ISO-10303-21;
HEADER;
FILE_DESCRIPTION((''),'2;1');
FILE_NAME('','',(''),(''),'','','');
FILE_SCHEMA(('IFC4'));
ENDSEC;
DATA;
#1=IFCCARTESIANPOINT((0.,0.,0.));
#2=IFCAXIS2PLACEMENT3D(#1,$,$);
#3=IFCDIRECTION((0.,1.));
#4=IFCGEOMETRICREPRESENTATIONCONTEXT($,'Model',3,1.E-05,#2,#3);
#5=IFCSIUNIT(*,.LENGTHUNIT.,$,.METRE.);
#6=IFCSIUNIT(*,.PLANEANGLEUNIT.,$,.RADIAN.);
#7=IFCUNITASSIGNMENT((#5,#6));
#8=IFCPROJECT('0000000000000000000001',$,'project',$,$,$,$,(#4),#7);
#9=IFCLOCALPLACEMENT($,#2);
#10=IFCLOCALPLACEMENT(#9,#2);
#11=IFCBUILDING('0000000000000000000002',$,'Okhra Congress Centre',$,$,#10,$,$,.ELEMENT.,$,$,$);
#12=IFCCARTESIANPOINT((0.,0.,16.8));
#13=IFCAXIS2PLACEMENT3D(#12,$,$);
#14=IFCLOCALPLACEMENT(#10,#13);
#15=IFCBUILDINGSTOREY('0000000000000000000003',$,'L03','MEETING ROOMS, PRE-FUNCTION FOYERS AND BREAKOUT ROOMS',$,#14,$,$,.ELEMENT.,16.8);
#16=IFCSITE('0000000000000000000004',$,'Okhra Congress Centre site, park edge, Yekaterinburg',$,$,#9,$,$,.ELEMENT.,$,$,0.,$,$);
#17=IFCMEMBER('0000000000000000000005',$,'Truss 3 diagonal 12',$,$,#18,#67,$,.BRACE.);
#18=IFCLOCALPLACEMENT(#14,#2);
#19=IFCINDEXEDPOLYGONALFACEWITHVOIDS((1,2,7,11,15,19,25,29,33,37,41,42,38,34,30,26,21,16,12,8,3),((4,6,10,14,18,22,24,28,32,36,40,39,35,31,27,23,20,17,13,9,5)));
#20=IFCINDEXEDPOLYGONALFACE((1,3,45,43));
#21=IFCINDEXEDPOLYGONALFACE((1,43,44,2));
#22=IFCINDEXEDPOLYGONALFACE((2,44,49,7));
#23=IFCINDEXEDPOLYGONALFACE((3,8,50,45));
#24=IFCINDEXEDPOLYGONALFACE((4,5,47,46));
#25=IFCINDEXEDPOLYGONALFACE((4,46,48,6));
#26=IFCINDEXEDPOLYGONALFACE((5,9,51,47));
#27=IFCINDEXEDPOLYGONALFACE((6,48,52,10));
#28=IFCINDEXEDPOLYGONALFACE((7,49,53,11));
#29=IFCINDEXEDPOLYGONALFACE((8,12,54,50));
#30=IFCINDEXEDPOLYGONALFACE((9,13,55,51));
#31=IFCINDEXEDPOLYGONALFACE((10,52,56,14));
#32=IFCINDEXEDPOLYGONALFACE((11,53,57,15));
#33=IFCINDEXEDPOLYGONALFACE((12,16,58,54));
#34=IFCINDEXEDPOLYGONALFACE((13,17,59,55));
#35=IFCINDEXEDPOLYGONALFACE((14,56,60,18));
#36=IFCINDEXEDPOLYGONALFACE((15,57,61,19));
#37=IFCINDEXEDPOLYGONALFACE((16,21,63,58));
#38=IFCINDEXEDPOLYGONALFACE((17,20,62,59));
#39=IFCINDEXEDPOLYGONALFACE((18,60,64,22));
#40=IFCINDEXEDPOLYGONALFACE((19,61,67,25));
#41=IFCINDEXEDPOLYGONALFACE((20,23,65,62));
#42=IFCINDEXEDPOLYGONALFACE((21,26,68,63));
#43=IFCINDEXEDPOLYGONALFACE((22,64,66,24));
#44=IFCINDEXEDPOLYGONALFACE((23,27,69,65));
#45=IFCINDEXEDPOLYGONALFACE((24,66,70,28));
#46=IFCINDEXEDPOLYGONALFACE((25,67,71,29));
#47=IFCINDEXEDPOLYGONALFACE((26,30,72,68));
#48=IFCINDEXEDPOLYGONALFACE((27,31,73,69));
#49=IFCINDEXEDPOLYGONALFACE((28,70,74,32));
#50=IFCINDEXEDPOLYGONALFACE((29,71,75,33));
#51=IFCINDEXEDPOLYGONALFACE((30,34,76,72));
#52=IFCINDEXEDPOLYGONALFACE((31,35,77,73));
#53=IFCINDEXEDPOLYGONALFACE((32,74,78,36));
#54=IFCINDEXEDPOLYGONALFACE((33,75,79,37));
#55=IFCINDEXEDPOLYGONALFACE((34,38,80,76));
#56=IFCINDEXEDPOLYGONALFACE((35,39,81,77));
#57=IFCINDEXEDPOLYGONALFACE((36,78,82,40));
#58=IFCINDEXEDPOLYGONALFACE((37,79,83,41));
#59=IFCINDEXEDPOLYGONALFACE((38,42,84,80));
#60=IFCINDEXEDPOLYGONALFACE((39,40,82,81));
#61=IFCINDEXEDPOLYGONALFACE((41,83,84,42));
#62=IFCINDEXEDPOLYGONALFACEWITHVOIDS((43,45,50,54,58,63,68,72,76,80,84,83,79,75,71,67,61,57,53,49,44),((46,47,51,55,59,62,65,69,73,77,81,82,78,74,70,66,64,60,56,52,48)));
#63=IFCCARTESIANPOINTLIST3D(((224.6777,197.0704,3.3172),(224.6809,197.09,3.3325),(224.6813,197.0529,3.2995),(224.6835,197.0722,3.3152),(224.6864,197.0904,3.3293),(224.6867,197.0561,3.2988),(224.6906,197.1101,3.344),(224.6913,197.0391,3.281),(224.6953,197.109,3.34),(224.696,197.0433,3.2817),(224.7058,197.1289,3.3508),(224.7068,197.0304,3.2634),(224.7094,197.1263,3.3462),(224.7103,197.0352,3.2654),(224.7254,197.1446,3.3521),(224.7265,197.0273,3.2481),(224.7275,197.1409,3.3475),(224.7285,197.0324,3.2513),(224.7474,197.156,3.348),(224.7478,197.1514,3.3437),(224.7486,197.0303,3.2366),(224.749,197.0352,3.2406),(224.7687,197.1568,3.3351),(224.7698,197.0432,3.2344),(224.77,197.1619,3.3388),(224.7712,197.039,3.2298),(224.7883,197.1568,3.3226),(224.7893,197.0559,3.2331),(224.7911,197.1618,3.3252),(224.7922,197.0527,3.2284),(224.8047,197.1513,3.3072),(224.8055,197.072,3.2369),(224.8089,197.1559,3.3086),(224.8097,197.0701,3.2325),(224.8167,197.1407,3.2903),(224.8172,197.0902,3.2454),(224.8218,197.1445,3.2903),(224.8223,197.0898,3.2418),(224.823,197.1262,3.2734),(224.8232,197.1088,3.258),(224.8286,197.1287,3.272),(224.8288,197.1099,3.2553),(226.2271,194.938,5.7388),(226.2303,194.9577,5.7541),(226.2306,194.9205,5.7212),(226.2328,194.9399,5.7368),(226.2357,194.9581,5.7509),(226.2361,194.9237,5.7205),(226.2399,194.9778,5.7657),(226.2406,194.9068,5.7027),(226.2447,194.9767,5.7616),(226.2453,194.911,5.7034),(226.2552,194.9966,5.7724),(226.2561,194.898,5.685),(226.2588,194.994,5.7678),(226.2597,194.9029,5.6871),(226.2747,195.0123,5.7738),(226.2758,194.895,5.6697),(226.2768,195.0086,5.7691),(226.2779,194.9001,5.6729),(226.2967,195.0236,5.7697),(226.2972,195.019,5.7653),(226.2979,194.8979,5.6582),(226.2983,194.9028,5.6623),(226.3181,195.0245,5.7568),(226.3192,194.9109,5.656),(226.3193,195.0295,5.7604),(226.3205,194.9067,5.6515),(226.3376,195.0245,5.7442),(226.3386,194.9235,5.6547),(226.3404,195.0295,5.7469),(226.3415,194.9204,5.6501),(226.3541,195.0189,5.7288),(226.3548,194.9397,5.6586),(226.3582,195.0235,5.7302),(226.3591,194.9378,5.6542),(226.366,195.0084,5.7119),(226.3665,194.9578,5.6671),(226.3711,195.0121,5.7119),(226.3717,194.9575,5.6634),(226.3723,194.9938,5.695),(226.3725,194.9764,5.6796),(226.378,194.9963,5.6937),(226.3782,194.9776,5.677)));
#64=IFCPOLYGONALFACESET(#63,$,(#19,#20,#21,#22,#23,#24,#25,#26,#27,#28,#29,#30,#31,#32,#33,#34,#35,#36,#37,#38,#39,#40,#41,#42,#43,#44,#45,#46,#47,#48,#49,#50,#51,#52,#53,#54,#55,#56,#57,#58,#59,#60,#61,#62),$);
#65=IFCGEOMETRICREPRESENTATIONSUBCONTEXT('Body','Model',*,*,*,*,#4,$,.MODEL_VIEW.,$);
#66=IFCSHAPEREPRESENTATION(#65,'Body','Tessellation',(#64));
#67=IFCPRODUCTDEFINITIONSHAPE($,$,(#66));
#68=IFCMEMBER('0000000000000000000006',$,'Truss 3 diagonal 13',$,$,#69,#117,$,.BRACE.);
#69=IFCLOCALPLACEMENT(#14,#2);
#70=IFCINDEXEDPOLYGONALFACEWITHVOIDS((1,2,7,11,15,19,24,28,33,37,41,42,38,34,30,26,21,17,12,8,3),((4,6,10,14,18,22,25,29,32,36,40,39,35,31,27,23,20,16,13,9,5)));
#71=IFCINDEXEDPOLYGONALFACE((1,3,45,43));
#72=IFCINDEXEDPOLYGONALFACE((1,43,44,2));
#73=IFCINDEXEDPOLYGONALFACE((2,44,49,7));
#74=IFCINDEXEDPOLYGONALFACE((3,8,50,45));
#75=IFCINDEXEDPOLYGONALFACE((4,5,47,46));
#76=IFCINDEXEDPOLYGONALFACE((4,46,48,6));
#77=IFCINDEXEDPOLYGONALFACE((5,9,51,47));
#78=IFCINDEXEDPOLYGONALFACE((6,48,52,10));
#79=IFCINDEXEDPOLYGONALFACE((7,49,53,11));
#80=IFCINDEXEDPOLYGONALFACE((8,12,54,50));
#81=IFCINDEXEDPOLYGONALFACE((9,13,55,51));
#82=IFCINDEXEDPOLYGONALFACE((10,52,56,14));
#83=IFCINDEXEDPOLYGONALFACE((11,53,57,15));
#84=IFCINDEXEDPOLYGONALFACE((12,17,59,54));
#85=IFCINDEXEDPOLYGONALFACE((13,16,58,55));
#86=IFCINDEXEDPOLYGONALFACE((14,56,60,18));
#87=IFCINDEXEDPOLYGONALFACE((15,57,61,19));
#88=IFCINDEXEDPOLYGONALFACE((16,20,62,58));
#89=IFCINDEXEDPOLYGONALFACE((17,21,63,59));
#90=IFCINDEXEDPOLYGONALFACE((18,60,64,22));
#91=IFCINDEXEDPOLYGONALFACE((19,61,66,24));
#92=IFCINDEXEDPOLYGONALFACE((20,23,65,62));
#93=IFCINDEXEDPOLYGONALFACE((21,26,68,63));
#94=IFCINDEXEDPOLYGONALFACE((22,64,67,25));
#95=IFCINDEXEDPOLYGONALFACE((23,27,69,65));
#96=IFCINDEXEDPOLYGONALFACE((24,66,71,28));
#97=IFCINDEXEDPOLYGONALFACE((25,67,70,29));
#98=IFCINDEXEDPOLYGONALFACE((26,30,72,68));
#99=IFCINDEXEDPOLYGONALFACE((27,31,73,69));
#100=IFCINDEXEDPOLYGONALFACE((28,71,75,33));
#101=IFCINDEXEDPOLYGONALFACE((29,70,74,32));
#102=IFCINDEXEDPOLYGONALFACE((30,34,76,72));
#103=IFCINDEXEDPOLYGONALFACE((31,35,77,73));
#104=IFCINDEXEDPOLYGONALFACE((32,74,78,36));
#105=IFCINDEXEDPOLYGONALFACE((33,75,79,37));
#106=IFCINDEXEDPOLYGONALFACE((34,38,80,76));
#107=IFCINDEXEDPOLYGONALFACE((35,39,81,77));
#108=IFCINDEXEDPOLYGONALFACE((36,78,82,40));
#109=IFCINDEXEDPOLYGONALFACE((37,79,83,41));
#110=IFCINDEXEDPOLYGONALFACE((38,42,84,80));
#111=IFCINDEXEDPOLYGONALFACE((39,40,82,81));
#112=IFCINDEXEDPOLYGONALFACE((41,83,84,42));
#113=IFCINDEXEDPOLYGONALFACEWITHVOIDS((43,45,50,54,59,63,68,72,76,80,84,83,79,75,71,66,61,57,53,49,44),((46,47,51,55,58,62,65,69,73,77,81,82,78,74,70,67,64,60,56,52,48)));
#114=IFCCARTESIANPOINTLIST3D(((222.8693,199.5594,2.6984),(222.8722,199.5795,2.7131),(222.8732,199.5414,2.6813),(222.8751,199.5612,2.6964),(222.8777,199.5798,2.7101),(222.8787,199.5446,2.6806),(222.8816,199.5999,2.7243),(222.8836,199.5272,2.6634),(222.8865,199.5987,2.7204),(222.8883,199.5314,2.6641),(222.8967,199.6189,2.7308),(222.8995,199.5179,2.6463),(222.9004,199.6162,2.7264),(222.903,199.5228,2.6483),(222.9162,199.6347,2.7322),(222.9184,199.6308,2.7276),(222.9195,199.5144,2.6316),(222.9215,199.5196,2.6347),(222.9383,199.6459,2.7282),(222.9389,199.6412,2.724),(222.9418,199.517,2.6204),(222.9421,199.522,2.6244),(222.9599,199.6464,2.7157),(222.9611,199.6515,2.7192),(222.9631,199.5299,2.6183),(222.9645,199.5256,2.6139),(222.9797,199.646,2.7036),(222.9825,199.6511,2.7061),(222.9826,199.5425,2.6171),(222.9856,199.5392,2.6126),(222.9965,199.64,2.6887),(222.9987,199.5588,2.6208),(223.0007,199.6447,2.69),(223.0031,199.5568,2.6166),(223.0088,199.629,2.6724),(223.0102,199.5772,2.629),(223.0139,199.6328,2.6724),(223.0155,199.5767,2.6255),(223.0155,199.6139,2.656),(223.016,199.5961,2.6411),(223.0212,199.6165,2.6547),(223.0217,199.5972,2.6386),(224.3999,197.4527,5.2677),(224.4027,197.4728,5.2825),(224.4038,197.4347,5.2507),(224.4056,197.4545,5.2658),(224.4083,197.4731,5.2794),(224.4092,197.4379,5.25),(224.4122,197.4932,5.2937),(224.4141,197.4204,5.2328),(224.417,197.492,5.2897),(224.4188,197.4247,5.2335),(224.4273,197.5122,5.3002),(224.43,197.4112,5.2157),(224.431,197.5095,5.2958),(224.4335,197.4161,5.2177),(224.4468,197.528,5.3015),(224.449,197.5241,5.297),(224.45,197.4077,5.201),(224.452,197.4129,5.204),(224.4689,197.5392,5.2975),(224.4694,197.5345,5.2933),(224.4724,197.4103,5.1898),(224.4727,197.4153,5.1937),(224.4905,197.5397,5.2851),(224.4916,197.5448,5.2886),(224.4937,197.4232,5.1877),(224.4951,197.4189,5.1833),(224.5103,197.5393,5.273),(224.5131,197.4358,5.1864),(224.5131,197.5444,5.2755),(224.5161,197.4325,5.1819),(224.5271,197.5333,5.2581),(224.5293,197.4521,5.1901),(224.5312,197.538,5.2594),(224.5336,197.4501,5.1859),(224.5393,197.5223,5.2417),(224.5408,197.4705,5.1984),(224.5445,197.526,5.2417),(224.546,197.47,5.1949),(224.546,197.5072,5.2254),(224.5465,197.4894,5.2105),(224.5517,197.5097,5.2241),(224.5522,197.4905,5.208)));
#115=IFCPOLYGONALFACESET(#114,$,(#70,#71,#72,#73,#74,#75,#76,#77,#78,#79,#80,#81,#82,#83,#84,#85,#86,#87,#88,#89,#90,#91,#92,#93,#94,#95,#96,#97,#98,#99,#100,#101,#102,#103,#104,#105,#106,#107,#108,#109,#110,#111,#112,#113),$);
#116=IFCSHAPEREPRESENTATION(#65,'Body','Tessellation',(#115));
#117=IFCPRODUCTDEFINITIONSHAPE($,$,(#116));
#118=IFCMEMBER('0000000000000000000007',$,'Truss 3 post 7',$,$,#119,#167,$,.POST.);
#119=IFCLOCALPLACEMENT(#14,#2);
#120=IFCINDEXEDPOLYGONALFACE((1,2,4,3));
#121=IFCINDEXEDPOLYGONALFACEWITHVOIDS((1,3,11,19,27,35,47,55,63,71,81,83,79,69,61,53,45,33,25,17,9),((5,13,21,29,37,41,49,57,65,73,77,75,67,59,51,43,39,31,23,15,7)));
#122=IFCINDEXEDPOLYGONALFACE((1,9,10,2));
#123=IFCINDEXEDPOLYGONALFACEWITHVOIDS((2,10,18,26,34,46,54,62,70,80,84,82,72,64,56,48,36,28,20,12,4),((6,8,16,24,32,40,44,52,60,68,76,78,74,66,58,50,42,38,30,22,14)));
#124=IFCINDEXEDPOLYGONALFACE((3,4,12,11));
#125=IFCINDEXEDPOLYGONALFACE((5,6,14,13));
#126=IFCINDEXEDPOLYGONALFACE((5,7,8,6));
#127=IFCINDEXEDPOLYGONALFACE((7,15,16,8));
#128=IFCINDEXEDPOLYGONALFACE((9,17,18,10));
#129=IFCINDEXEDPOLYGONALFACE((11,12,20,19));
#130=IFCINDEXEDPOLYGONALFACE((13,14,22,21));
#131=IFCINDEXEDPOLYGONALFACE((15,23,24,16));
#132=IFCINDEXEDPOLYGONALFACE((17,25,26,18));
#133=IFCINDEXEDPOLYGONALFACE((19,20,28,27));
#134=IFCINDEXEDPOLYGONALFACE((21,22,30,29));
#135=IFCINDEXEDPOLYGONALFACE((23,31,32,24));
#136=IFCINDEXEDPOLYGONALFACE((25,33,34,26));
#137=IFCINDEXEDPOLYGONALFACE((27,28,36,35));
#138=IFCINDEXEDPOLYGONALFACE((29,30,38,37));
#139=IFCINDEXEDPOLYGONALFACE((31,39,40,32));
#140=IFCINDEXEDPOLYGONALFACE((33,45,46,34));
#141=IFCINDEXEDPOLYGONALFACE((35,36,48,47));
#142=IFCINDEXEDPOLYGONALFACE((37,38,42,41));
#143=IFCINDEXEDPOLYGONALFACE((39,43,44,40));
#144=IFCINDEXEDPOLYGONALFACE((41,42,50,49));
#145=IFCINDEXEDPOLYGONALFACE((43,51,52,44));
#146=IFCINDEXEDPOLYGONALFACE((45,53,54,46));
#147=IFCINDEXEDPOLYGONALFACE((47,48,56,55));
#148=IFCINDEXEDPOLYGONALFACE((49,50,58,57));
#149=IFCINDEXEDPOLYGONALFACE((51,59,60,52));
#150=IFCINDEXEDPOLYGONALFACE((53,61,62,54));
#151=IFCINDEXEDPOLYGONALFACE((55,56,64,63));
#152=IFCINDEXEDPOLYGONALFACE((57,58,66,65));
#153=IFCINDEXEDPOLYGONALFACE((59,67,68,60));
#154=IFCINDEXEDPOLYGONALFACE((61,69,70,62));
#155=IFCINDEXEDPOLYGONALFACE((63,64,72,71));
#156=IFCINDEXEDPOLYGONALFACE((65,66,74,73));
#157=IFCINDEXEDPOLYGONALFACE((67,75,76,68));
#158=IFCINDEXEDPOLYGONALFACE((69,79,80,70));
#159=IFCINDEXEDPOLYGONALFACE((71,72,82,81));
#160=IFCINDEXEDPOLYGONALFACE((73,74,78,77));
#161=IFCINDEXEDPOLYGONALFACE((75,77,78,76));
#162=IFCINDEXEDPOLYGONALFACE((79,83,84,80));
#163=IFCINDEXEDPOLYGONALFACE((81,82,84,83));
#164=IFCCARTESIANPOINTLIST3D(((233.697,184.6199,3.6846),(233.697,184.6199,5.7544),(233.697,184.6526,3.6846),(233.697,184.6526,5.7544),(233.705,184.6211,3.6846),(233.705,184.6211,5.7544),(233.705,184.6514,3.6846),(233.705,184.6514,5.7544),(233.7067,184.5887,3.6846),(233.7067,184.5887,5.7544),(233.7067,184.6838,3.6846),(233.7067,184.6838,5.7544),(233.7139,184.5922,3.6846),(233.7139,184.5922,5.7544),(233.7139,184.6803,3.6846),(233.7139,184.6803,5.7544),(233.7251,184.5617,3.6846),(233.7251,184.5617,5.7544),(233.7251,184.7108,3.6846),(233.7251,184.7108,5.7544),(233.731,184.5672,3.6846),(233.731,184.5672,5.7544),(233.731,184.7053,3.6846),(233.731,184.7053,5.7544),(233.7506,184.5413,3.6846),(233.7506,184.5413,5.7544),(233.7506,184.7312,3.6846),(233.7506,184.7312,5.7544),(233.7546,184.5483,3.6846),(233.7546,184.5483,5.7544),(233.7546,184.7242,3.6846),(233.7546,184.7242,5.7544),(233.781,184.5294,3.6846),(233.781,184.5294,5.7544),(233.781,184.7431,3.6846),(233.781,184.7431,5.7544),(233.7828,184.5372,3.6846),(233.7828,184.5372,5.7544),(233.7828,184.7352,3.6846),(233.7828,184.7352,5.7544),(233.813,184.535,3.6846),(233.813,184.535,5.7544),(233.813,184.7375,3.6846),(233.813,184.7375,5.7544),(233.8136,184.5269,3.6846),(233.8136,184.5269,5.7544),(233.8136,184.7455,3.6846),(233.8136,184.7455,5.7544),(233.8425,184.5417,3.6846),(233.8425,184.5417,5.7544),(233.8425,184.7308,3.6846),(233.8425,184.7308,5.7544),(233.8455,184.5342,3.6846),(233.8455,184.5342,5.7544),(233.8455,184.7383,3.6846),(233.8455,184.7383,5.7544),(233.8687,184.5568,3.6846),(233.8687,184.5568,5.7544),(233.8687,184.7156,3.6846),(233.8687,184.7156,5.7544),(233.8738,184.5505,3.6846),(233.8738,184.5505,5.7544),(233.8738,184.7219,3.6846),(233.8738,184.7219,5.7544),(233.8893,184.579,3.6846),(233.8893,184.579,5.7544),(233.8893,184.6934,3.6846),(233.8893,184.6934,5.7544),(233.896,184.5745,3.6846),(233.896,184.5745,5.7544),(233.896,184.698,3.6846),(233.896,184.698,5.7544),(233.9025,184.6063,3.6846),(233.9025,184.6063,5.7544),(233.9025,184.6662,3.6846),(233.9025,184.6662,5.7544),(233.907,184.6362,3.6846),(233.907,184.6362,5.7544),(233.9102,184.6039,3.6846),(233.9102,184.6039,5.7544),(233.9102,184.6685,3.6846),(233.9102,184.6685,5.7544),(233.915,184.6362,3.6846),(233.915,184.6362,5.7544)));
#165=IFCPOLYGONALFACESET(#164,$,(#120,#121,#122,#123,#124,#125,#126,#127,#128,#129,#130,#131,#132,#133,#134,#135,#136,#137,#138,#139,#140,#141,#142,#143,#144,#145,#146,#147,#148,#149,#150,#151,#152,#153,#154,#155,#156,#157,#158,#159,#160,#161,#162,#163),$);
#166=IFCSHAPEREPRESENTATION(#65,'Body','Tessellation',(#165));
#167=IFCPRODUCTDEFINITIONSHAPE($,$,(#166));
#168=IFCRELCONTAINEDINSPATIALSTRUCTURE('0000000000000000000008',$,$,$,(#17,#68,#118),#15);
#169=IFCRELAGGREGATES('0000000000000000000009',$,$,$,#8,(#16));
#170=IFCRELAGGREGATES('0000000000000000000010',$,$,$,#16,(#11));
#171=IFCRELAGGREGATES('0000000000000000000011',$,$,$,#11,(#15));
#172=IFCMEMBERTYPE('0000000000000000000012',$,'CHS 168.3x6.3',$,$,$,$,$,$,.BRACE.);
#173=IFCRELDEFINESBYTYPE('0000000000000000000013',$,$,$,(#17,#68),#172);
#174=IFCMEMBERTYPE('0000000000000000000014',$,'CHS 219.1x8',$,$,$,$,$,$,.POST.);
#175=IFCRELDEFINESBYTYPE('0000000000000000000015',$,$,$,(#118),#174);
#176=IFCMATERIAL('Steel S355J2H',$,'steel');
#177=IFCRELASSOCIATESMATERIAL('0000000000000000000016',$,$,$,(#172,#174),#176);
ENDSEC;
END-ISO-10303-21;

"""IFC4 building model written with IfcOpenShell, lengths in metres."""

from ifc_helpers import new_model, si_unit, direction, frame, origin, origin_2d, place, context, subcontext, project, spatial, hollow_circle, extrude, material, material_profile, profile_set, type_object, element, save


model = new_model("IFC4")

# Units and contexts
model_context = context("Model", 3, precision=1e-05, world=origin(), true_north=direction((0.0, 1.0)))
body_context = subcontext(model_context, "Body", "Model", "MODEL_VIEW")
ifc_project = project(units=[si_unit("LENGTHUNIT", "METRE"), si_unit("PLANEANGLEUNIT", "RADIAN")], contexts=[model_context])

# Site, building, storey
site_placement = place(None, origin())
site = spatial("IfcSite", under=ifc_project, at=site_placement, Name="Okhra Congress Centre site, park edge, Yekaterinburg", CompositionType="ELEMENT", RefElevation=0.0)
building_placement = place(site_placement, origin())
building = spatial("IfcBuilding", under=site, at=building_placement, Name="Okhra Congress Centre", CompositionType="ELEMENT")
storey_placement = place(building_placement, frame((0.0, 0.0, 16.8)))
storey = spatial("IfcBuildingStorey", under=building, at=storey_placement, Name="L03", Description="MEETING ROOMS, PRE-FUNCTION FOYERS AND BREAKOUT ROOMS", CompositionType="ELEMENT", Elevation=16.8)

# Members
ifc_material_1 = material(Name="Steel S355J2H", Category="steel")
ifc_material_profile_1 = material_profile(ifc_material_1, hollow_circle(Radius=0.0842, WallThickness=0.0063, at=origin_2d()), Name="CHS 168.3x6.3")
ifc_profile_set_1 = profile_set([ifc_material_profile_1], Name="Steel S355J2H")
member_type_1 = type_object("IfcMemberType", Name="CHS 168.3x6.3", PredefinedType="BRACE", material=ifc_profile_set_1)
member_1_placement = place(storey_placement, frame((224.7537, 197.095, 3.2903), z_axis=(0.432853, -0.595736, 0.676563), x_axis=(0.809, 0.587808, 0.0)))
element("IfcMember", 1, at=member_1_placement, inside=storey, type_object=member_type_1, Name="Truss 3 diagonal 12", PredefinedType="BRACE", context=body_context, shape_type="SweptSolid", body=[
    extrude(hollow_circle(Radius=0.0842, WallThickness=0.0063, at=origin_2d()), origin(), (0.0, 0.0, 1.0), 3.5793),
])
member_2_placement = place(storey_placement, frame((222.9458, 199.5833, 2.6724), z_axis=(0.418385, -0.575888, 0.702358), x_axis=(0.809032, 0.587765, 0.0)))
element("IfcMember", 2, at=member_2_placement, inside=storey, type_object=member_type_1, Name="Truss 3 diagonal 13", PredefinedType="BRACE", context=body_context, shape_type="SweptSolid", body=[
    extrude(hollow_circle(Radius=0.0842, WallThickness=0.0063, at=origin_2d()), origin(), (0.0, 0.0, 1.0), 3.6582),
])
ifc_material_profile_2 = material_profile(ifc_material_1, hollow_circle(Radius=0.1096, WallThickness=0.0081, at=origin_2d()), Name="CHS 219.1x8")
ifc_profile_set_2 = profile_set([ifc_material_profile_2], Name="Steel S355J2H")
member_type_2 = type_object("IfcMemberType", Name="CHS 219.1x8", PredefinedType="POST", material=ifc_profile_set_2)
for number, where, z_axis, x_axis, name in (
    (3, (233.8054, 184.6362, 3.6846), (0.0, 0.0, 1.0), (1.0, 0.0, 0.0), "Truss 3 post 7"),
):
    element("IfcMember", number, at=place(storey_placement, frame(where, z_axis=z_axis, x_axis=x_axis)), inside=storey, type_object=member_type_2, Name=name, PredefinedType="POST", context=body_context, shape_type="SweptSolid", body=[
        extrude(hollow_circle(Radius=0.1096, WallThickness=0.0081, at=origin_2d()), origin(), (0.0, 0.0, 1.0), 2.0698),
    ])

save(model, "model.ifc")
